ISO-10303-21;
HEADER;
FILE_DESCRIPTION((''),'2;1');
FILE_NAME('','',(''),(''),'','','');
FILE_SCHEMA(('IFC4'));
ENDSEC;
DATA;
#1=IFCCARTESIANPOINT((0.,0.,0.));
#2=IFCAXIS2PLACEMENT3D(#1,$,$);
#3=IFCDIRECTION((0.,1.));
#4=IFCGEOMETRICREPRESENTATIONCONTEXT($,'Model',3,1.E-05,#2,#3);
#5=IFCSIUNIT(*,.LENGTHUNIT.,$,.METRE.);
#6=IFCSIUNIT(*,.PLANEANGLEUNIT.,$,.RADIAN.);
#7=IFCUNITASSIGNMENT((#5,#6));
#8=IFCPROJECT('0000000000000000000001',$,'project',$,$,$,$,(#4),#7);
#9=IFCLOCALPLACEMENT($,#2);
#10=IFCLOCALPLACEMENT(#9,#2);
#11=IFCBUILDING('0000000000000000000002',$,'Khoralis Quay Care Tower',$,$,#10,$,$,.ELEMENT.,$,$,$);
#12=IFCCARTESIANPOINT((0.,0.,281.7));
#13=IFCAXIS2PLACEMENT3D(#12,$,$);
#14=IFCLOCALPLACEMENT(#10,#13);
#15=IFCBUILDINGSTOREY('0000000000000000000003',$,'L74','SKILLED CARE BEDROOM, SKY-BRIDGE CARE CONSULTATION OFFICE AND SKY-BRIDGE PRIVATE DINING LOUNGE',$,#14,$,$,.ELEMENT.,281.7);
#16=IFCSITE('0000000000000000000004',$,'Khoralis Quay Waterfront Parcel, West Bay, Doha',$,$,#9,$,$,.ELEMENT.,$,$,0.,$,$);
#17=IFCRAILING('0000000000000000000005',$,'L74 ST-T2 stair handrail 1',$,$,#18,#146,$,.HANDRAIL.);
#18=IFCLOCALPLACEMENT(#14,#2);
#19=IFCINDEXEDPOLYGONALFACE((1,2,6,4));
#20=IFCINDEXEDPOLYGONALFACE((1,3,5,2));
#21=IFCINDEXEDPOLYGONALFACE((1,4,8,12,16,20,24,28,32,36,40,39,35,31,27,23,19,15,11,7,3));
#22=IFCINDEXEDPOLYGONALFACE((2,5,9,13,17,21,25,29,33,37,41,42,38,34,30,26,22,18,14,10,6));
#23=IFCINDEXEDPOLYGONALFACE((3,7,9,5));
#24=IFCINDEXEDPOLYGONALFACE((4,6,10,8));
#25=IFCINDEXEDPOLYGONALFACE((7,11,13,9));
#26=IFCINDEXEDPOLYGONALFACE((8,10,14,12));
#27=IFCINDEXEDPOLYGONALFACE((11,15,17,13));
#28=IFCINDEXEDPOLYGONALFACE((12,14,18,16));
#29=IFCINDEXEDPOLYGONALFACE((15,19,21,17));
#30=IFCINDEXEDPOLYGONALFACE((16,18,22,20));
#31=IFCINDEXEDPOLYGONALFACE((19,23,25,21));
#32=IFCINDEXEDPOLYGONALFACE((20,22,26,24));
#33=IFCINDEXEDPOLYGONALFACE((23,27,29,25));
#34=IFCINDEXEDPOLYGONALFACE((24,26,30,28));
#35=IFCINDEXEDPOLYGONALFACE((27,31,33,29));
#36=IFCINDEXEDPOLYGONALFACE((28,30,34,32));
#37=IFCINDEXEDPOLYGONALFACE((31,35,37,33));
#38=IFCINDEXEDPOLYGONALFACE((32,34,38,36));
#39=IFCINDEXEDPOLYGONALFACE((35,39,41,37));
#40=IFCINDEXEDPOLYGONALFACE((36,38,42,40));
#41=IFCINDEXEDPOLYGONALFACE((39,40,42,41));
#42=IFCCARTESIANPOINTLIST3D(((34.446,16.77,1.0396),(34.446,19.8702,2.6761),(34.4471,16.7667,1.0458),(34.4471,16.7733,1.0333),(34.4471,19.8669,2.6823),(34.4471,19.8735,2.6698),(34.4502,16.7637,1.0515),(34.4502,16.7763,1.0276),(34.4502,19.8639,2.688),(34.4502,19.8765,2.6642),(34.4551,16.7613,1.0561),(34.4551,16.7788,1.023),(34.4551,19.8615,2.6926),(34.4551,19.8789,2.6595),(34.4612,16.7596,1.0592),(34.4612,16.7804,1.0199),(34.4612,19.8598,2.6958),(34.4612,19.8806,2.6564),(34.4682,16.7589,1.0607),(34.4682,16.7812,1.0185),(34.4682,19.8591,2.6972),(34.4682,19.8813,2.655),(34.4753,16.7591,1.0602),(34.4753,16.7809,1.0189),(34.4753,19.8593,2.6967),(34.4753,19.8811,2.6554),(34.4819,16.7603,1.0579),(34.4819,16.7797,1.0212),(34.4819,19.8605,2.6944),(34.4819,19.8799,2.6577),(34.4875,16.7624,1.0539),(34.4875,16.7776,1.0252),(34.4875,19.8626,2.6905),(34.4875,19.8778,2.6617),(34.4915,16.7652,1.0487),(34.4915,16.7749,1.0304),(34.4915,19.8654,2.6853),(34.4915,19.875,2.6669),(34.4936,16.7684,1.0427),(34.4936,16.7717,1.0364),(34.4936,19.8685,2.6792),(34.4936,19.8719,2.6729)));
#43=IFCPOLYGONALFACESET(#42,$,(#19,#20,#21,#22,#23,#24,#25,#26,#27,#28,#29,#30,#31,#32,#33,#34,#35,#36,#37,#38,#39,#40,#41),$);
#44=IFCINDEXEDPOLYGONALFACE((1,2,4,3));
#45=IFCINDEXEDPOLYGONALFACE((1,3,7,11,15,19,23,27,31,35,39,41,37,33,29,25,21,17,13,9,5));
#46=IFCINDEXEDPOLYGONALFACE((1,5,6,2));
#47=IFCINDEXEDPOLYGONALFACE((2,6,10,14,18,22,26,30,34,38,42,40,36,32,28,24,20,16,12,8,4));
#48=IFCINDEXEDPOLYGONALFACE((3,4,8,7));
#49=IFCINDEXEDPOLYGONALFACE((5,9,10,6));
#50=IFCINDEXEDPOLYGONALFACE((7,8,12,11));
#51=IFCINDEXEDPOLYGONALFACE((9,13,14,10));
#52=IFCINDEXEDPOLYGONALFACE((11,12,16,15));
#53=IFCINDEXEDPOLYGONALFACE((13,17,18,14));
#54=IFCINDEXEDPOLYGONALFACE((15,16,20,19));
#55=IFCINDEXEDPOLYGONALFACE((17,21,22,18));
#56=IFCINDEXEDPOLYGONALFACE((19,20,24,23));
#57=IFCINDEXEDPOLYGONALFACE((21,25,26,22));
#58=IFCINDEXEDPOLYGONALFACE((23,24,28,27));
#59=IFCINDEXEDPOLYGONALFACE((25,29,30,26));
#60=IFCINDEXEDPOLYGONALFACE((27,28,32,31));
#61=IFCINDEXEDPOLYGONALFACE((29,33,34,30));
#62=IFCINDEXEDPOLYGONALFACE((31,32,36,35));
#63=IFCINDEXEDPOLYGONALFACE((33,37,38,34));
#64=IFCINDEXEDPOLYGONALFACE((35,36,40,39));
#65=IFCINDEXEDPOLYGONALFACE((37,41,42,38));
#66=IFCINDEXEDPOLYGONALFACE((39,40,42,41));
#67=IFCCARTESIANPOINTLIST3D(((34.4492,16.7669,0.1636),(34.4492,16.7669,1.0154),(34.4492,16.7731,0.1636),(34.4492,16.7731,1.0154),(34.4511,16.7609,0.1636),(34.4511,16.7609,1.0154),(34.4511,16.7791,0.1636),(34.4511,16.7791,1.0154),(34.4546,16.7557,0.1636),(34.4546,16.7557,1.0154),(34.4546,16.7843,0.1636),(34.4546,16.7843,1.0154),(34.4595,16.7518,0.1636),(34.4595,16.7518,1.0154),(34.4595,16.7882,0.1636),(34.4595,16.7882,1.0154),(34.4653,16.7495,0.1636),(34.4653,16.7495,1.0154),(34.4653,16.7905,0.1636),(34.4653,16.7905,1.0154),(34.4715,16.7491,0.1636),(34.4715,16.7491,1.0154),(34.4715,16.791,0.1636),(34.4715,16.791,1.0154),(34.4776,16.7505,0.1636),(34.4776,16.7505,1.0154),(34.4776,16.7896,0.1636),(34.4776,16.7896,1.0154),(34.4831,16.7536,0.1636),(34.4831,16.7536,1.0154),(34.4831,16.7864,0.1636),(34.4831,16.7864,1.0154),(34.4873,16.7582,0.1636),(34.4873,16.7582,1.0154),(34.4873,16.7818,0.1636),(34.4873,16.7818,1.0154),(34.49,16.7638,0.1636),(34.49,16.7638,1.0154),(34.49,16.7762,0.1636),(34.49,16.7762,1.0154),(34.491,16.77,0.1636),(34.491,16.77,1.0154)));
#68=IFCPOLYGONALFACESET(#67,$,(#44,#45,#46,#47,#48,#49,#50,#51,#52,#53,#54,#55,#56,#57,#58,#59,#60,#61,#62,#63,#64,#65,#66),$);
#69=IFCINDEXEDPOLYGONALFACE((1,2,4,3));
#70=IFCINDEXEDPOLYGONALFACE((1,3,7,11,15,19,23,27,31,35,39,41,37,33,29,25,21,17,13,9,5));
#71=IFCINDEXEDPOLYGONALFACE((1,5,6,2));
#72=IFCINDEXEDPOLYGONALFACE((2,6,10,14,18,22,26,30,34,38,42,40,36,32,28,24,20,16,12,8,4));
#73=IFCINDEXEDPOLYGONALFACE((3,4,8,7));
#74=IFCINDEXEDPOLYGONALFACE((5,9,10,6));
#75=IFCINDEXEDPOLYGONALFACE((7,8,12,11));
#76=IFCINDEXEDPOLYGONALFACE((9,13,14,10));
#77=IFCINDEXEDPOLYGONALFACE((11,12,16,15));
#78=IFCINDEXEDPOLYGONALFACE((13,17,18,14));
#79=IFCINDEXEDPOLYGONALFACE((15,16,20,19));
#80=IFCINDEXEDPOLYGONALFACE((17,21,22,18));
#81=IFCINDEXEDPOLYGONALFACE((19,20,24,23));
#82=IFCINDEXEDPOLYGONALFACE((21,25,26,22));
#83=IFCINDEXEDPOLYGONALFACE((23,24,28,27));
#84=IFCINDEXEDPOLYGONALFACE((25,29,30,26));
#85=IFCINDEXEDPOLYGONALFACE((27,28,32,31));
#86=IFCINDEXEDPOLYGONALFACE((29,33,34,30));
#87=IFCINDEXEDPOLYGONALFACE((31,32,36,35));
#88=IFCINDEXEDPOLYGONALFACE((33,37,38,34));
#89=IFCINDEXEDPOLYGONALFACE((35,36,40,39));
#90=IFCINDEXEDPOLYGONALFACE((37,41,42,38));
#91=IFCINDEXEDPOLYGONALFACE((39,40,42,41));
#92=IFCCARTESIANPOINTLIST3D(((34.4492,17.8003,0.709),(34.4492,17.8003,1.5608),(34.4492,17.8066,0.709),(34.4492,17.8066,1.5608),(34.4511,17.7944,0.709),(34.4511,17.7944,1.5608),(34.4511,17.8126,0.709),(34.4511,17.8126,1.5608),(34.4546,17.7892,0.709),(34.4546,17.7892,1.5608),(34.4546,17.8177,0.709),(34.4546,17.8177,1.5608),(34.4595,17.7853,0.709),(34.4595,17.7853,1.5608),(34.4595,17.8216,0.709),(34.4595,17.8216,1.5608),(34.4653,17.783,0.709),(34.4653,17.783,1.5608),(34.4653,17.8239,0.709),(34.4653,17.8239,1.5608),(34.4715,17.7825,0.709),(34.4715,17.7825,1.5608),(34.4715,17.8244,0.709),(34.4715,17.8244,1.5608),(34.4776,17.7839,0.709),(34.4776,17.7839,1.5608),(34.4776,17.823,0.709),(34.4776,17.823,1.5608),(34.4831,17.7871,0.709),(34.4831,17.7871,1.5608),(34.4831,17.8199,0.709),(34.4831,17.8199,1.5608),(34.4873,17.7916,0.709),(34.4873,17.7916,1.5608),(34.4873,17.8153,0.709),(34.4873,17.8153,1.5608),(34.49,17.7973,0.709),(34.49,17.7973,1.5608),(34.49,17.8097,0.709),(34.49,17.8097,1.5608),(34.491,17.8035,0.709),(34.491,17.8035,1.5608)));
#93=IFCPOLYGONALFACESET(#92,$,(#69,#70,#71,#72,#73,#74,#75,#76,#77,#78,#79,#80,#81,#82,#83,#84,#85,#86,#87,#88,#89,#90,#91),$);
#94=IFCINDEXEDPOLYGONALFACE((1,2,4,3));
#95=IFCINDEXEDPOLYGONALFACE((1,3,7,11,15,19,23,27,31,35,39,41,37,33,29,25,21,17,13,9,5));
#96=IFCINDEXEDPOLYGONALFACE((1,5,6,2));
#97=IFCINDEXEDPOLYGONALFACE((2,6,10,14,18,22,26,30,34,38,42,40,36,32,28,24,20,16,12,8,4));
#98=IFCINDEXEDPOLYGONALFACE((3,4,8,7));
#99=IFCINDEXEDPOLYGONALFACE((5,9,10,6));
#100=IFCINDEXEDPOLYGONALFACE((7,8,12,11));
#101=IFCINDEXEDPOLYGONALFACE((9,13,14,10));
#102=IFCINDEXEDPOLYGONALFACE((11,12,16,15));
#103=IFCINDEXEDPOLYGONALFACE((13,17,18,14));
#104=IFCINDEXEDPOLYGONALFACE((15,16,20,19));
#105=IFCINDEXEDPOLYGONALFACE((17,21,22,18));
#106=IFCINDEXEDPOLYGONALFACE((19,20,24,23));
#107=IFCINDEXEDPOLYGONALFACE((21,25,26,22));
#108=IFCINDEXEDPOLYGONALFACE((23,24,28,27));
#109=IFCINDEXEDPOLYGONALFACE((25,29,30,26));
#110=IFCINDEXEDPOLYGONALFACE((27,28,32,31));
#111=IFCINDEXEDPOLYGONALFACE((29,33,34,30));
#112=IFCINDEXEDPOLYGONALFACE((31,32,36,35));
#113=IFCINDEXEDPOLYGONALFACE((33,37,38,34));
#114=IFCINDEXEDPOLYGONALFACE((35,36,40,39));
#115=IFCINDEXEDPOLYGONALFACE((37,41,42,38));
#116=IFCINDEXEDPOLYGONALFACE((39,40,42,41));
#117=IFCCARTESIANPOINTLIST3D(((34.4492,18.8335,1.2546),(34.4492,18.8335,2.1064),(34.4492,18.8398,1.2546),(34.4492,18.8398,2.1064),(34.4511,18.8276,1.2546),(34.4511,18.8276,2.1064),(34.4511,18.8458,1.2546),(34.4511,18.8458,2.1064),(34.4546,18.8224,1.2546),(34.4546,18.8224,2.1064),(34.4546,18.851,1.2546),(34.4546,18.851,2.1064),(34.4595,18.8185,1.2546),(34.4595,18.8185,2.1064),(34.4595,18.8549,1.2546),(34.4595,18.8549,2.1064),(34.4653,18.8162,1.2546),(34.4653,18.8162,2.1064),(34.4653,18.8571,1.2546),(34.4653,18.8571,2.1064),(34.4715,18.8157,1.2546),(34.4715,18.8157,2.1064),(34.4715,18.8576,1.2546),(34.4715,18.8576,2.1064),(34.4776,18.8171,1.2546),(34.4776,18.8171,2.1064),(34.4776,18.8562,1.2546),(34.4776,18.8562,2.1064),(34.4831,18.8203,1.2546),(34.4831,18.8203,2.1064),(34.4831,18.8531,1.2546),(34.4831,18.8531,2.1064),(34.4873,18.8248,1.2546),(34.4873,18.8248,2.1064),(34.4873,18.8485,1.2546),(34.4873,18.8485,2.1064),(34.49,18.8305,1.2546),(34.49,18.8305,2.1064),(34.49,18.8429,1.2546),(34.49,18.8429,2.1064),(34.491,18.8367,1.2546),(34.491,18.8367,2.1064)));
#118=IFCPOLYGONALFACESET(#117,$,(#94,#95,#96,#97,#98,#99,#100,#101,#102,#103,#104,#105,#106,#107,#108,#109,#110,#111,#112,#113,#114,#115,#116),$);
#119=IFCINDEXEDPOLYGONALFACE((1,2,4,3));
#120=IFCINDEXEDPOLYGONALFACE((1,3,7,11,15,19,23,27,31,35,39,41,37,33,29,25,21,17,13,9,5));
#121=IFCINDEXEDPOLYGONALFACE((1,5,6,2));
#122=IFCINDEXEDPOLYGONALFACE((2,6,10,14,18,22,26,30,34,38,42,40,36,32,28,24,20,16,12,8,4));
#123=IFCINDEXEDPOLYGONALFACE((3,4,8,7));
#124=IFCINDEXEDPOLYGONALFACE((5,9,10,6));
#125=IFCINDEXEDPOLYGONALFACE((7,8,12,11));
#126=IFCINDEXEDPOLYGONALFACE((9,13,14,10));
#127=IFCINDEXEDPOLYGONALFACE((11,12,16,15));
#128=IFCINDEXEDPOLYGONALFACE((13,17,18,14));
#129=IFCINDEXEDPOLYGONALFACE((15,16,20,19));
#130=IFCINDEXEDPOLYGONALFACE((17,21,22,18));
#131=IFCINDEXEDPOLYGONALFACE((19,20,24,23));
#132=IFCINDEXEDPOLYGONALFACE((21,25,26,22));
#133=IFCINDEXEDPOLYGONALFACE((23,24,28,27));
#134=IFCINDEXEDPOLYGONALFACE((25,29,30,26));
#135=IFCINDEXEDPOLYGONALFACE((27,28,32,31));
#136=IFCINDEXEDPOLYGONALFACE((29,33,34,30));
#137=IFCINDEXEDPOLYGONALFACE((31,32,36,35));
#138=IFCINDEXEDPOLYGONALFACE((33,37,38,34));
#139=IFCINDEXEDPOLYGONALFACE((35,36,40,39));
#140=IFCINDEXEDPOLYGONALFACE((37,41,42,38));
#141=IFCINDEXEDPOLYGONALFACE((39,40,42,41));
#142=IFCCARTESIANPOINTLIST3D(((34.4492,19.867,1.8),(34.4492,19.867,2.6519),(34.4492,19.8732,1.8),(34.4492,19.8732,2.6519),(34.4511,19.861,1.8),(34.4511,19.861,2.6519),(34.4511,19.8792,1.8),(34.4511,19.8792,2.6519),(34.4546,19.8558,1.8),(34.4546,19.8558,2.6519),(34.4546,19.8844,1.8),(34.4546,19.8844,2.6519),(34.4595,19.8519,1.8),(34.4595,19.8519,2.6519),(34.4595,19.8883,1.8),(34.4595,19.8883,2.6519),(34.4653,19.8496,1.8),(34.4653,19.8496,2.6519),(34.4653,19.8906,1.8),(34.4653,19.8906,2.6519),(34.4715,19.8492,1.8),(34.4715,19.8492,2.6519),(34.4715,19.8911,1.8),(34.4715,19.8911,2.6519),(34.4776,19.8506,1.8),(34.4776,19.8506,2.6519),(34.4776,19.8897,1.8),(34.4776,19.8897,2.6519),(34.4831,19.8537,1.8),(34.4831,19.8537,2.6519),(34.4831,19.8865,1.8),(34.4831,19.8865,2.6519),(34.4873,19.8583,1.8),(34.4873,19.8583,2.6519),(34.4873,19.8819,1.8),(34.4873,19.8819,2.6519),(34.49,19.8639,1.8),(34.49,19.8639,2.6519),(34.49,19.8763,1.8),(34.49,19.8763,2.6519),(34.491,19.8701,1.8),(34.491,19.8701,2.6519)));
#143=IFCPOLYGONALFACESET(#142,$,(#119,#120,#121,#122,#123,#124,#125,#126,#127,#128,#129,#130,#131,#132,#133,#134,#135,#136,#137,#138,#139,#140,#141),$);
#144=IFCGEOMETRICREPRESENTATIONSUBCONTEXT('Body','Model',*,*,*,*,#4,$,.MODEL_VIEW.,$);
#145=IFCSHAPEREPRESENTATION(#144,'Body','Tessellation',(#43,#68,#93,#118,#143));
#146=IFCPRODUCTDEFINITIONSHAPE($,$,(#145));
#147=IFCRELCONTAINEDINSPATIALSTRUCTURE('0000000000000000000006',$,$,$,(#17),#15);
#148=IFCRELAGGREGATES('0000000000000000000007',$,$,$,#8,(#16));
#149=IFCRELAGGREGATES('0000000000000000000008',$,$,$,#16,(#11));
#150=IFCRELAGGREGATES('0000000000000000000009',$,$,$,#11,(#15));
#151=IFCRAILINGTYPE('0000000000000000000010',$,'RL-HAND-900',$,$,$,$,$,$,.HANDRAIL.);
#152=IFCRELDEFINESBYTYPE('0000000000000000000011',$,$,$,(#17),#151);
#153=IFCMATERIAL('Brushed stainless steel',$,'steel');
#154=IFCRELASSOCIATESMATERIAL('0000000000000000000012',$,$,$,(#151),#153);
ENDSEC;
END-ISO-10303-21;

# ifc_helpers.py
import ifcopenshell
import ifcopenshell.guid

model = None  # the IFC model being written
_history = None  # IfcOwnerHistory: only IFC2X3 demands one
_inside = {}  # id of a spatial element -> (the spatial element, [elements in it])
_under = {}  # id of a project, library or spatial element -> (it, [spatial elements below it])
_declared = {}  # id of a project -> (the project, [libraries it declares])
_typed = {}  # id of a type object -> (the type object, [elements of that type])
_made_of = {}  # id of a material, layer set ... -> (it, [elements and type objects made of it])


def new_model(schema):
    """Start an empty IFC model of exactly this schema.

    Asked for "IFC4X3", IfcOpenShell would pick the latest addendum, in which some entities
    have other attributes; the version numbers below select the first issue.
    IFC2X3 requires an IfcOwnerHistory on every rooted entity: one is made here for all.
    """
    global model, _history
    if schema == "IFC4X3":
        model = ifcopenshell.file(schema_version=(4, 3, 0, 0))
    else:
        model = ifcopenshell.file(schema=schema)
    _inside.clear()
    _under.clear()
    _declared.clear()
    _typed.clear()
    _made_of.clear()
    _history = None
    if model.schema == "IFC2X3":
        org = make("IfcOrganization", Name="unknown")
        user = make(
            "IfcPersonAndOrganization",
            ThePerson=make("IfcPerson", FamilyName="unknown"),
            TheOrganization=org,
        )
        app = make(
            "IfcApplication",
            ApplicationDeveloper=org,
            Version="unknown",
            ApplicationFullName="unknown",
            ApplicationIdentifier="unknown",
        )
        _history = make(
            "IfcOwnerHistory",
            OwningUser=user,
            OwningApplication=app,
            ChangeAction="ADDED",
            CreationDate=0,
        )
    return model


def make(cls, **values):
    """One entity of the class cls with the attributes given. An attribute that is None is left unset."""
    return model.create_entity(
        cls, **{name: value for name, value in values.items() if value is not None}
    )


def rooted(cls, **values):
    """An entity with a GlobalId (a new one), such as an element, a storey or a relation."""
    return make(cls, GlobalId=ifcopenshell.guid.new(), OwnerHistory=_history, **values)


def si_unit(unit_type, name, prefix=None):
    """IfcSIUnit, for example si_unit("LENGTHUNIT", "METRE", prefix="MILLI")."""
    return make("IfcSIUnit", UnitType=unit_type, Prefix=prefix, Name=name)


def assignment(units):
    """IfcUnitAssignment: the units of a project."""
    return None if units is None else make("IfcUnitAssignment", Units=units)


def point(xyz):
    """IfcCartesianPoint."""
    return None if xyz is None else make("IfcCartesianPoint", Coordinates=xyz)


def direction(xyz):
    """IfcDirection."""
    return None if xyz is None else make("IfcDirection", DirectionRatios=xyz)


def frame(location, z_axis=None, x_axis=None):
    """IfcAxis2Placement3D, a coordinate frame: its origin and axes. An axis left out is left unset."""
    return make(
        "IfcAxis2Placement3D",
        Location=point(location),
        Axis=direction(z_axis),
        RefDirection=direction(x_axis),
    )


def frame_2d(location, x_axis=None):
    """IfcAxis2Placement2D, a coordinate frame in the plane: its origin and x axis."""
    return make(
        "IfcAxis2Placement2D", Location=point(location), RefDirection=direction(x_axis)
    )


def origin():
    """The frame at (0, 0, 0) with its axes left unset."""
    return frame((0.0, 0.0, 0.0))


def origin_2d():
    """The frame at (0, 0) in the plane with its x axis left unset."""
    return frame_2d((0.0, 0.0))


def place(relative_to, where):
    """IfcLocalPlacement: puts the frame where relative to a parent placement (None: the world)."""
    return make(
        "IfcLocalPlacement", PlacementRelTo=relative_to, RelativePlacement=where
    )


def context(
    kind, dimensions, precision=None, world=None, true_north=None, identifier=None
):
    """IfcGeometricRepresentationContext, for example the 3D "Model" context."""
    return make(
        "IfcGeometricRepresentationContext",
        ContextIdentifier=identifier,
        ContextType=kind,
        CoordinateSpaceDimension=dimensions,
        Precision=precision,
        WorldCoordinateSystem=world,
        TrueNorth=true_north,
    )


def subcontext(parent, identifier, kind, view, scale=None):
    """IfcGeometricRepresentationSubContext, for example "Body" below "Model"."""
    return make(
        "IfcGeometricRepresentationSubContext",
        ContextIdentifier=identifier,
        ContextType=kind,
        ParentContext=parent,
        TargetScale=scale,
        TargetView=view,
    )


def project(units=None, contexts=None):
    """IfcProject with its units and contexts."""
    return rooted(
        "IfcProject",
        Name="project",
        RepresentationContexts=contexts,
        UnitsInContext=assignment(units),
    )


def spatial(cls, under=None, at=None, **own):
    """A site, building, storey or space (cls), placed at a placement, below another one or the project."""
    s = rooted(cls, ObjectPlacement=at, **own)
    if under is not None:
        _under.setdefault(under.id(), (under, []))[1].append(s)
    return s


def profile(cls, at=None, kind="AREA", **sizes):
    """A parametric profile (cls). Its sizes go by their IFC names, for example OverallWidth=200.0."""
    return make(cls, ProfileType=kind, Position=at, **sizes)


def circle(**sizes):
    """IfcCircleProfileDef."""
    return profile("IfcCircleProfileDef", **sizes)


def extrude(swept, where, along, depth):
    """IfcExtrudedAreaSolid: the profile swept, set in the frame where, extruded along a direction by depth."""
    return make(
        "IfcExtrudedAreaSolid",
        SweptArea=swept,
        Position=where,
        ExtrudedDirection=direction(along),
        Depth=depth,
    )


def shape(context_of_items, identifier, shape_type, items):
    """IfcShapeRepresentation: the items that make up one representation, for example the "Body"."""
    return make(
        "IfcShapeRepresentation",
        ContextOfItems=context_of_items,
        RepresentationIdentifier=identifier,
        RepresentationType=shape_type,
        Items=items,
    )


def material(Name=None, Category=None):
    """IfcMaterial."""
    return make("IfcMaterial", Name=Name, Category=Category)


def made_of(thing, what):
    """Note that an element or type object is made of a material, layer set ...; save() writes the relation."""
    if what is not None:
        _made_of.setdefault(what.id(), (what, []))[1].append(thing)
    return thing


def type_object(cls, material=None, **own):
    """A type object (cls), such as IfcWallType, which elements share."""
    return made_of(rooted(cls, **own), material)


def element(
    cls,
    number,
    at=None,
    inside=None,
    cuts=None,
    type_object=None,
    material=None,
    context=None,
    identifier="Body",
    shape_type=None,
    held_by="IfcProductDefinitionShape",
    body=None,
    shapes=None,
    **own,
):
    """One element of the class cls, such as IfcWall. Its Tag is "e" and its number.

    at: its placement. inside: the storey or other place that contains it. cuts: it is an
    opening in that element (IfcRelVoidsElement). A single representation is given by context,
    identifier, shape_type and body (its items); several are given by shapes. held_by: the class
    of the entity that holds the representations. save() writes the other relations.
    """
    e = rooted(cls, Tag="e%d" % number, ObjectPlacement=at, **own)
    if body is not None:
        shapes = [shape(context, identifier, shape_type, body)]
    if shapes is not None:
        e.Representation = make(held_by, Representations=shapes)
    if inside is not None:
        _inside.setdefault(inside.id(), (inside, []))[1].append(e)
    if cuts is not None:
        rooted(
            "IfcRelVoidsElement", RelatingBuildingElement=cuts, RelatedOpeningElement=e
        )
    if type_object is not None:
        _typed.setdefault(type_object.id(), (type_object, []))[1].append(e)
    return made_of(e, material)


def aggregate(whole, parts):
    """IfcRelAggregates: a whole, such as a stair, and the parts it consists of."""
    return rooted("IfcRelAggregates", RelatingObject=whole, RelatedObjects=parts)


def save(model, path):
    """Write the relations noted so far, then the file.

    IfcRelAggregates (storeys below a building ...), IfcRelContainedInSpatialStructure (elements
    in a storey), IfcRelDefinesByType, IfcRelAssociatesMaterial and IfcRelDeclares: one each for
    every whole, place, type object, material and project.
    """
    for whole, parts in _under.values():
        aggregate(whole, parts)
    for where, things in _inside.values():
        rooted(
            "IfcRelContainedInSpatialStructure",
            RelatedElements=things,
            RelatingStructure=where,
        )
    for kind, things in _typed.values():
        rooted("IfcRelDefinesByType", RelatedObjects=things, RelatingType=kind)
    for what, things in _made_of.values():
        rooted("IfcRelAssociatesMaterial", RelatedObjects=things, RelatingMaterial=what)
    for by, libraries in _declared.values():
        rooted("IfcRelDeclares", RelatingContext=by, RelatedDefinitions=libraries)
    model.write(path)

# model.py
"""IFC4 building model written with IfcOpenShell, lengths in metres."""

from ifc_helpers import new_model, si_unit, direction, frame, origin, origin_2d, place, context, subcontext, project, spatial, circle, extrude, material, type_object, element, save


model = new_model("IFC4")

# Units and contexts
model_context = context("Model", 3, precision=1e-05, world=origin(), true_north=direction((0.0, 1.0)))
body_context = subcontext(model_context, "Body", "Model", "MODEL_VIEW")
ifc_project = project(units=[si_unit("LENGTHUNIT", "METRE"), si_unit("PLANEANGLEUNIT", "RADIAN")], contexts=[model_context])

# Site, building, storey
site_placement = place(None, origin())
site = spatial("IfcSite", under=ifc_project, at=site_placement, Name="Khoralis Quay Waterfront Parcel, West Bay, Doha", CompositionType="ELEMENT", RefElevation=0.0)
building_placement = place(site_placement, origin())
building = spatial("IfcBuilding", under=site, at=building_placement, Name="Khoralis Quay Care Tower", CompositionType="ELEMENT")
storey_placement = place(building_placement, frame((0.0, 0.0, 281.7)))
storey = spatial("IfcBuildingStorey", under=building, at=storey_placement, Name="L74", Description="SKILLED CARE BEDROOM, SKY-BRIDGE CARE CONSULTATION OFFICE AND SKY-BRIDGE PRIVATE DINING LOUNGE", CompositionType="ELEMENT", Elevation=281.7)

# Shared definitions
ifc_material_1 = material(Name="Brushed stainless steel", Category="steel")

# Railing
railing_type_1 = type_object("IfcRailingType", Name="RL-HAND-900", PredefinedType="HANDRAIL", material=ifc_material_1)
railing_1_placement = place(storey_placement, frame((34.47, 16.77, 0.1636)))
element("IfcRailing", 1, at=railing_1_placement, inside=storey, type_object=railing_type_1, Name="L74 ST-T2 stair handrail 1", PredefinedType="HANDRAIL", context=body_context, shape_type="SweptSolid", body=[
    extrude(circle(Radius=0.0239, at=origin_2d()), frame((0.0, 0.0, 0.876), z_axis=(0.0, 0.884348, 0.466828), x_axis=(-1.0, 0.0, 0.0)), (0.0, 0.0, 1.0), 3.5056),
    extrude(circle(Radius=0.021, at=origin_2d()), origin(), (0.0, 0.0, 1.0), 0.8518),
    extrude(circle(Radius=0.021, at=origin_2d()), frame((0.0, 1.0334, 0.5454)), (0.0, 0.0, 1.0), 0.8518),
    extrude(circle(Radius=0.021, at=origin_2d()), frame((0.0, 2.0667, 1.0911)), (0.0, 0.0, 1.0), 0.8518),
    extrude(circle(Radius=0.021, at=origin_2d()), frame((0.0, 3.1001, 1.6365)), (0.0, 0.0, 1.0), 0.8518),
])

save(model, "model.ifc")
